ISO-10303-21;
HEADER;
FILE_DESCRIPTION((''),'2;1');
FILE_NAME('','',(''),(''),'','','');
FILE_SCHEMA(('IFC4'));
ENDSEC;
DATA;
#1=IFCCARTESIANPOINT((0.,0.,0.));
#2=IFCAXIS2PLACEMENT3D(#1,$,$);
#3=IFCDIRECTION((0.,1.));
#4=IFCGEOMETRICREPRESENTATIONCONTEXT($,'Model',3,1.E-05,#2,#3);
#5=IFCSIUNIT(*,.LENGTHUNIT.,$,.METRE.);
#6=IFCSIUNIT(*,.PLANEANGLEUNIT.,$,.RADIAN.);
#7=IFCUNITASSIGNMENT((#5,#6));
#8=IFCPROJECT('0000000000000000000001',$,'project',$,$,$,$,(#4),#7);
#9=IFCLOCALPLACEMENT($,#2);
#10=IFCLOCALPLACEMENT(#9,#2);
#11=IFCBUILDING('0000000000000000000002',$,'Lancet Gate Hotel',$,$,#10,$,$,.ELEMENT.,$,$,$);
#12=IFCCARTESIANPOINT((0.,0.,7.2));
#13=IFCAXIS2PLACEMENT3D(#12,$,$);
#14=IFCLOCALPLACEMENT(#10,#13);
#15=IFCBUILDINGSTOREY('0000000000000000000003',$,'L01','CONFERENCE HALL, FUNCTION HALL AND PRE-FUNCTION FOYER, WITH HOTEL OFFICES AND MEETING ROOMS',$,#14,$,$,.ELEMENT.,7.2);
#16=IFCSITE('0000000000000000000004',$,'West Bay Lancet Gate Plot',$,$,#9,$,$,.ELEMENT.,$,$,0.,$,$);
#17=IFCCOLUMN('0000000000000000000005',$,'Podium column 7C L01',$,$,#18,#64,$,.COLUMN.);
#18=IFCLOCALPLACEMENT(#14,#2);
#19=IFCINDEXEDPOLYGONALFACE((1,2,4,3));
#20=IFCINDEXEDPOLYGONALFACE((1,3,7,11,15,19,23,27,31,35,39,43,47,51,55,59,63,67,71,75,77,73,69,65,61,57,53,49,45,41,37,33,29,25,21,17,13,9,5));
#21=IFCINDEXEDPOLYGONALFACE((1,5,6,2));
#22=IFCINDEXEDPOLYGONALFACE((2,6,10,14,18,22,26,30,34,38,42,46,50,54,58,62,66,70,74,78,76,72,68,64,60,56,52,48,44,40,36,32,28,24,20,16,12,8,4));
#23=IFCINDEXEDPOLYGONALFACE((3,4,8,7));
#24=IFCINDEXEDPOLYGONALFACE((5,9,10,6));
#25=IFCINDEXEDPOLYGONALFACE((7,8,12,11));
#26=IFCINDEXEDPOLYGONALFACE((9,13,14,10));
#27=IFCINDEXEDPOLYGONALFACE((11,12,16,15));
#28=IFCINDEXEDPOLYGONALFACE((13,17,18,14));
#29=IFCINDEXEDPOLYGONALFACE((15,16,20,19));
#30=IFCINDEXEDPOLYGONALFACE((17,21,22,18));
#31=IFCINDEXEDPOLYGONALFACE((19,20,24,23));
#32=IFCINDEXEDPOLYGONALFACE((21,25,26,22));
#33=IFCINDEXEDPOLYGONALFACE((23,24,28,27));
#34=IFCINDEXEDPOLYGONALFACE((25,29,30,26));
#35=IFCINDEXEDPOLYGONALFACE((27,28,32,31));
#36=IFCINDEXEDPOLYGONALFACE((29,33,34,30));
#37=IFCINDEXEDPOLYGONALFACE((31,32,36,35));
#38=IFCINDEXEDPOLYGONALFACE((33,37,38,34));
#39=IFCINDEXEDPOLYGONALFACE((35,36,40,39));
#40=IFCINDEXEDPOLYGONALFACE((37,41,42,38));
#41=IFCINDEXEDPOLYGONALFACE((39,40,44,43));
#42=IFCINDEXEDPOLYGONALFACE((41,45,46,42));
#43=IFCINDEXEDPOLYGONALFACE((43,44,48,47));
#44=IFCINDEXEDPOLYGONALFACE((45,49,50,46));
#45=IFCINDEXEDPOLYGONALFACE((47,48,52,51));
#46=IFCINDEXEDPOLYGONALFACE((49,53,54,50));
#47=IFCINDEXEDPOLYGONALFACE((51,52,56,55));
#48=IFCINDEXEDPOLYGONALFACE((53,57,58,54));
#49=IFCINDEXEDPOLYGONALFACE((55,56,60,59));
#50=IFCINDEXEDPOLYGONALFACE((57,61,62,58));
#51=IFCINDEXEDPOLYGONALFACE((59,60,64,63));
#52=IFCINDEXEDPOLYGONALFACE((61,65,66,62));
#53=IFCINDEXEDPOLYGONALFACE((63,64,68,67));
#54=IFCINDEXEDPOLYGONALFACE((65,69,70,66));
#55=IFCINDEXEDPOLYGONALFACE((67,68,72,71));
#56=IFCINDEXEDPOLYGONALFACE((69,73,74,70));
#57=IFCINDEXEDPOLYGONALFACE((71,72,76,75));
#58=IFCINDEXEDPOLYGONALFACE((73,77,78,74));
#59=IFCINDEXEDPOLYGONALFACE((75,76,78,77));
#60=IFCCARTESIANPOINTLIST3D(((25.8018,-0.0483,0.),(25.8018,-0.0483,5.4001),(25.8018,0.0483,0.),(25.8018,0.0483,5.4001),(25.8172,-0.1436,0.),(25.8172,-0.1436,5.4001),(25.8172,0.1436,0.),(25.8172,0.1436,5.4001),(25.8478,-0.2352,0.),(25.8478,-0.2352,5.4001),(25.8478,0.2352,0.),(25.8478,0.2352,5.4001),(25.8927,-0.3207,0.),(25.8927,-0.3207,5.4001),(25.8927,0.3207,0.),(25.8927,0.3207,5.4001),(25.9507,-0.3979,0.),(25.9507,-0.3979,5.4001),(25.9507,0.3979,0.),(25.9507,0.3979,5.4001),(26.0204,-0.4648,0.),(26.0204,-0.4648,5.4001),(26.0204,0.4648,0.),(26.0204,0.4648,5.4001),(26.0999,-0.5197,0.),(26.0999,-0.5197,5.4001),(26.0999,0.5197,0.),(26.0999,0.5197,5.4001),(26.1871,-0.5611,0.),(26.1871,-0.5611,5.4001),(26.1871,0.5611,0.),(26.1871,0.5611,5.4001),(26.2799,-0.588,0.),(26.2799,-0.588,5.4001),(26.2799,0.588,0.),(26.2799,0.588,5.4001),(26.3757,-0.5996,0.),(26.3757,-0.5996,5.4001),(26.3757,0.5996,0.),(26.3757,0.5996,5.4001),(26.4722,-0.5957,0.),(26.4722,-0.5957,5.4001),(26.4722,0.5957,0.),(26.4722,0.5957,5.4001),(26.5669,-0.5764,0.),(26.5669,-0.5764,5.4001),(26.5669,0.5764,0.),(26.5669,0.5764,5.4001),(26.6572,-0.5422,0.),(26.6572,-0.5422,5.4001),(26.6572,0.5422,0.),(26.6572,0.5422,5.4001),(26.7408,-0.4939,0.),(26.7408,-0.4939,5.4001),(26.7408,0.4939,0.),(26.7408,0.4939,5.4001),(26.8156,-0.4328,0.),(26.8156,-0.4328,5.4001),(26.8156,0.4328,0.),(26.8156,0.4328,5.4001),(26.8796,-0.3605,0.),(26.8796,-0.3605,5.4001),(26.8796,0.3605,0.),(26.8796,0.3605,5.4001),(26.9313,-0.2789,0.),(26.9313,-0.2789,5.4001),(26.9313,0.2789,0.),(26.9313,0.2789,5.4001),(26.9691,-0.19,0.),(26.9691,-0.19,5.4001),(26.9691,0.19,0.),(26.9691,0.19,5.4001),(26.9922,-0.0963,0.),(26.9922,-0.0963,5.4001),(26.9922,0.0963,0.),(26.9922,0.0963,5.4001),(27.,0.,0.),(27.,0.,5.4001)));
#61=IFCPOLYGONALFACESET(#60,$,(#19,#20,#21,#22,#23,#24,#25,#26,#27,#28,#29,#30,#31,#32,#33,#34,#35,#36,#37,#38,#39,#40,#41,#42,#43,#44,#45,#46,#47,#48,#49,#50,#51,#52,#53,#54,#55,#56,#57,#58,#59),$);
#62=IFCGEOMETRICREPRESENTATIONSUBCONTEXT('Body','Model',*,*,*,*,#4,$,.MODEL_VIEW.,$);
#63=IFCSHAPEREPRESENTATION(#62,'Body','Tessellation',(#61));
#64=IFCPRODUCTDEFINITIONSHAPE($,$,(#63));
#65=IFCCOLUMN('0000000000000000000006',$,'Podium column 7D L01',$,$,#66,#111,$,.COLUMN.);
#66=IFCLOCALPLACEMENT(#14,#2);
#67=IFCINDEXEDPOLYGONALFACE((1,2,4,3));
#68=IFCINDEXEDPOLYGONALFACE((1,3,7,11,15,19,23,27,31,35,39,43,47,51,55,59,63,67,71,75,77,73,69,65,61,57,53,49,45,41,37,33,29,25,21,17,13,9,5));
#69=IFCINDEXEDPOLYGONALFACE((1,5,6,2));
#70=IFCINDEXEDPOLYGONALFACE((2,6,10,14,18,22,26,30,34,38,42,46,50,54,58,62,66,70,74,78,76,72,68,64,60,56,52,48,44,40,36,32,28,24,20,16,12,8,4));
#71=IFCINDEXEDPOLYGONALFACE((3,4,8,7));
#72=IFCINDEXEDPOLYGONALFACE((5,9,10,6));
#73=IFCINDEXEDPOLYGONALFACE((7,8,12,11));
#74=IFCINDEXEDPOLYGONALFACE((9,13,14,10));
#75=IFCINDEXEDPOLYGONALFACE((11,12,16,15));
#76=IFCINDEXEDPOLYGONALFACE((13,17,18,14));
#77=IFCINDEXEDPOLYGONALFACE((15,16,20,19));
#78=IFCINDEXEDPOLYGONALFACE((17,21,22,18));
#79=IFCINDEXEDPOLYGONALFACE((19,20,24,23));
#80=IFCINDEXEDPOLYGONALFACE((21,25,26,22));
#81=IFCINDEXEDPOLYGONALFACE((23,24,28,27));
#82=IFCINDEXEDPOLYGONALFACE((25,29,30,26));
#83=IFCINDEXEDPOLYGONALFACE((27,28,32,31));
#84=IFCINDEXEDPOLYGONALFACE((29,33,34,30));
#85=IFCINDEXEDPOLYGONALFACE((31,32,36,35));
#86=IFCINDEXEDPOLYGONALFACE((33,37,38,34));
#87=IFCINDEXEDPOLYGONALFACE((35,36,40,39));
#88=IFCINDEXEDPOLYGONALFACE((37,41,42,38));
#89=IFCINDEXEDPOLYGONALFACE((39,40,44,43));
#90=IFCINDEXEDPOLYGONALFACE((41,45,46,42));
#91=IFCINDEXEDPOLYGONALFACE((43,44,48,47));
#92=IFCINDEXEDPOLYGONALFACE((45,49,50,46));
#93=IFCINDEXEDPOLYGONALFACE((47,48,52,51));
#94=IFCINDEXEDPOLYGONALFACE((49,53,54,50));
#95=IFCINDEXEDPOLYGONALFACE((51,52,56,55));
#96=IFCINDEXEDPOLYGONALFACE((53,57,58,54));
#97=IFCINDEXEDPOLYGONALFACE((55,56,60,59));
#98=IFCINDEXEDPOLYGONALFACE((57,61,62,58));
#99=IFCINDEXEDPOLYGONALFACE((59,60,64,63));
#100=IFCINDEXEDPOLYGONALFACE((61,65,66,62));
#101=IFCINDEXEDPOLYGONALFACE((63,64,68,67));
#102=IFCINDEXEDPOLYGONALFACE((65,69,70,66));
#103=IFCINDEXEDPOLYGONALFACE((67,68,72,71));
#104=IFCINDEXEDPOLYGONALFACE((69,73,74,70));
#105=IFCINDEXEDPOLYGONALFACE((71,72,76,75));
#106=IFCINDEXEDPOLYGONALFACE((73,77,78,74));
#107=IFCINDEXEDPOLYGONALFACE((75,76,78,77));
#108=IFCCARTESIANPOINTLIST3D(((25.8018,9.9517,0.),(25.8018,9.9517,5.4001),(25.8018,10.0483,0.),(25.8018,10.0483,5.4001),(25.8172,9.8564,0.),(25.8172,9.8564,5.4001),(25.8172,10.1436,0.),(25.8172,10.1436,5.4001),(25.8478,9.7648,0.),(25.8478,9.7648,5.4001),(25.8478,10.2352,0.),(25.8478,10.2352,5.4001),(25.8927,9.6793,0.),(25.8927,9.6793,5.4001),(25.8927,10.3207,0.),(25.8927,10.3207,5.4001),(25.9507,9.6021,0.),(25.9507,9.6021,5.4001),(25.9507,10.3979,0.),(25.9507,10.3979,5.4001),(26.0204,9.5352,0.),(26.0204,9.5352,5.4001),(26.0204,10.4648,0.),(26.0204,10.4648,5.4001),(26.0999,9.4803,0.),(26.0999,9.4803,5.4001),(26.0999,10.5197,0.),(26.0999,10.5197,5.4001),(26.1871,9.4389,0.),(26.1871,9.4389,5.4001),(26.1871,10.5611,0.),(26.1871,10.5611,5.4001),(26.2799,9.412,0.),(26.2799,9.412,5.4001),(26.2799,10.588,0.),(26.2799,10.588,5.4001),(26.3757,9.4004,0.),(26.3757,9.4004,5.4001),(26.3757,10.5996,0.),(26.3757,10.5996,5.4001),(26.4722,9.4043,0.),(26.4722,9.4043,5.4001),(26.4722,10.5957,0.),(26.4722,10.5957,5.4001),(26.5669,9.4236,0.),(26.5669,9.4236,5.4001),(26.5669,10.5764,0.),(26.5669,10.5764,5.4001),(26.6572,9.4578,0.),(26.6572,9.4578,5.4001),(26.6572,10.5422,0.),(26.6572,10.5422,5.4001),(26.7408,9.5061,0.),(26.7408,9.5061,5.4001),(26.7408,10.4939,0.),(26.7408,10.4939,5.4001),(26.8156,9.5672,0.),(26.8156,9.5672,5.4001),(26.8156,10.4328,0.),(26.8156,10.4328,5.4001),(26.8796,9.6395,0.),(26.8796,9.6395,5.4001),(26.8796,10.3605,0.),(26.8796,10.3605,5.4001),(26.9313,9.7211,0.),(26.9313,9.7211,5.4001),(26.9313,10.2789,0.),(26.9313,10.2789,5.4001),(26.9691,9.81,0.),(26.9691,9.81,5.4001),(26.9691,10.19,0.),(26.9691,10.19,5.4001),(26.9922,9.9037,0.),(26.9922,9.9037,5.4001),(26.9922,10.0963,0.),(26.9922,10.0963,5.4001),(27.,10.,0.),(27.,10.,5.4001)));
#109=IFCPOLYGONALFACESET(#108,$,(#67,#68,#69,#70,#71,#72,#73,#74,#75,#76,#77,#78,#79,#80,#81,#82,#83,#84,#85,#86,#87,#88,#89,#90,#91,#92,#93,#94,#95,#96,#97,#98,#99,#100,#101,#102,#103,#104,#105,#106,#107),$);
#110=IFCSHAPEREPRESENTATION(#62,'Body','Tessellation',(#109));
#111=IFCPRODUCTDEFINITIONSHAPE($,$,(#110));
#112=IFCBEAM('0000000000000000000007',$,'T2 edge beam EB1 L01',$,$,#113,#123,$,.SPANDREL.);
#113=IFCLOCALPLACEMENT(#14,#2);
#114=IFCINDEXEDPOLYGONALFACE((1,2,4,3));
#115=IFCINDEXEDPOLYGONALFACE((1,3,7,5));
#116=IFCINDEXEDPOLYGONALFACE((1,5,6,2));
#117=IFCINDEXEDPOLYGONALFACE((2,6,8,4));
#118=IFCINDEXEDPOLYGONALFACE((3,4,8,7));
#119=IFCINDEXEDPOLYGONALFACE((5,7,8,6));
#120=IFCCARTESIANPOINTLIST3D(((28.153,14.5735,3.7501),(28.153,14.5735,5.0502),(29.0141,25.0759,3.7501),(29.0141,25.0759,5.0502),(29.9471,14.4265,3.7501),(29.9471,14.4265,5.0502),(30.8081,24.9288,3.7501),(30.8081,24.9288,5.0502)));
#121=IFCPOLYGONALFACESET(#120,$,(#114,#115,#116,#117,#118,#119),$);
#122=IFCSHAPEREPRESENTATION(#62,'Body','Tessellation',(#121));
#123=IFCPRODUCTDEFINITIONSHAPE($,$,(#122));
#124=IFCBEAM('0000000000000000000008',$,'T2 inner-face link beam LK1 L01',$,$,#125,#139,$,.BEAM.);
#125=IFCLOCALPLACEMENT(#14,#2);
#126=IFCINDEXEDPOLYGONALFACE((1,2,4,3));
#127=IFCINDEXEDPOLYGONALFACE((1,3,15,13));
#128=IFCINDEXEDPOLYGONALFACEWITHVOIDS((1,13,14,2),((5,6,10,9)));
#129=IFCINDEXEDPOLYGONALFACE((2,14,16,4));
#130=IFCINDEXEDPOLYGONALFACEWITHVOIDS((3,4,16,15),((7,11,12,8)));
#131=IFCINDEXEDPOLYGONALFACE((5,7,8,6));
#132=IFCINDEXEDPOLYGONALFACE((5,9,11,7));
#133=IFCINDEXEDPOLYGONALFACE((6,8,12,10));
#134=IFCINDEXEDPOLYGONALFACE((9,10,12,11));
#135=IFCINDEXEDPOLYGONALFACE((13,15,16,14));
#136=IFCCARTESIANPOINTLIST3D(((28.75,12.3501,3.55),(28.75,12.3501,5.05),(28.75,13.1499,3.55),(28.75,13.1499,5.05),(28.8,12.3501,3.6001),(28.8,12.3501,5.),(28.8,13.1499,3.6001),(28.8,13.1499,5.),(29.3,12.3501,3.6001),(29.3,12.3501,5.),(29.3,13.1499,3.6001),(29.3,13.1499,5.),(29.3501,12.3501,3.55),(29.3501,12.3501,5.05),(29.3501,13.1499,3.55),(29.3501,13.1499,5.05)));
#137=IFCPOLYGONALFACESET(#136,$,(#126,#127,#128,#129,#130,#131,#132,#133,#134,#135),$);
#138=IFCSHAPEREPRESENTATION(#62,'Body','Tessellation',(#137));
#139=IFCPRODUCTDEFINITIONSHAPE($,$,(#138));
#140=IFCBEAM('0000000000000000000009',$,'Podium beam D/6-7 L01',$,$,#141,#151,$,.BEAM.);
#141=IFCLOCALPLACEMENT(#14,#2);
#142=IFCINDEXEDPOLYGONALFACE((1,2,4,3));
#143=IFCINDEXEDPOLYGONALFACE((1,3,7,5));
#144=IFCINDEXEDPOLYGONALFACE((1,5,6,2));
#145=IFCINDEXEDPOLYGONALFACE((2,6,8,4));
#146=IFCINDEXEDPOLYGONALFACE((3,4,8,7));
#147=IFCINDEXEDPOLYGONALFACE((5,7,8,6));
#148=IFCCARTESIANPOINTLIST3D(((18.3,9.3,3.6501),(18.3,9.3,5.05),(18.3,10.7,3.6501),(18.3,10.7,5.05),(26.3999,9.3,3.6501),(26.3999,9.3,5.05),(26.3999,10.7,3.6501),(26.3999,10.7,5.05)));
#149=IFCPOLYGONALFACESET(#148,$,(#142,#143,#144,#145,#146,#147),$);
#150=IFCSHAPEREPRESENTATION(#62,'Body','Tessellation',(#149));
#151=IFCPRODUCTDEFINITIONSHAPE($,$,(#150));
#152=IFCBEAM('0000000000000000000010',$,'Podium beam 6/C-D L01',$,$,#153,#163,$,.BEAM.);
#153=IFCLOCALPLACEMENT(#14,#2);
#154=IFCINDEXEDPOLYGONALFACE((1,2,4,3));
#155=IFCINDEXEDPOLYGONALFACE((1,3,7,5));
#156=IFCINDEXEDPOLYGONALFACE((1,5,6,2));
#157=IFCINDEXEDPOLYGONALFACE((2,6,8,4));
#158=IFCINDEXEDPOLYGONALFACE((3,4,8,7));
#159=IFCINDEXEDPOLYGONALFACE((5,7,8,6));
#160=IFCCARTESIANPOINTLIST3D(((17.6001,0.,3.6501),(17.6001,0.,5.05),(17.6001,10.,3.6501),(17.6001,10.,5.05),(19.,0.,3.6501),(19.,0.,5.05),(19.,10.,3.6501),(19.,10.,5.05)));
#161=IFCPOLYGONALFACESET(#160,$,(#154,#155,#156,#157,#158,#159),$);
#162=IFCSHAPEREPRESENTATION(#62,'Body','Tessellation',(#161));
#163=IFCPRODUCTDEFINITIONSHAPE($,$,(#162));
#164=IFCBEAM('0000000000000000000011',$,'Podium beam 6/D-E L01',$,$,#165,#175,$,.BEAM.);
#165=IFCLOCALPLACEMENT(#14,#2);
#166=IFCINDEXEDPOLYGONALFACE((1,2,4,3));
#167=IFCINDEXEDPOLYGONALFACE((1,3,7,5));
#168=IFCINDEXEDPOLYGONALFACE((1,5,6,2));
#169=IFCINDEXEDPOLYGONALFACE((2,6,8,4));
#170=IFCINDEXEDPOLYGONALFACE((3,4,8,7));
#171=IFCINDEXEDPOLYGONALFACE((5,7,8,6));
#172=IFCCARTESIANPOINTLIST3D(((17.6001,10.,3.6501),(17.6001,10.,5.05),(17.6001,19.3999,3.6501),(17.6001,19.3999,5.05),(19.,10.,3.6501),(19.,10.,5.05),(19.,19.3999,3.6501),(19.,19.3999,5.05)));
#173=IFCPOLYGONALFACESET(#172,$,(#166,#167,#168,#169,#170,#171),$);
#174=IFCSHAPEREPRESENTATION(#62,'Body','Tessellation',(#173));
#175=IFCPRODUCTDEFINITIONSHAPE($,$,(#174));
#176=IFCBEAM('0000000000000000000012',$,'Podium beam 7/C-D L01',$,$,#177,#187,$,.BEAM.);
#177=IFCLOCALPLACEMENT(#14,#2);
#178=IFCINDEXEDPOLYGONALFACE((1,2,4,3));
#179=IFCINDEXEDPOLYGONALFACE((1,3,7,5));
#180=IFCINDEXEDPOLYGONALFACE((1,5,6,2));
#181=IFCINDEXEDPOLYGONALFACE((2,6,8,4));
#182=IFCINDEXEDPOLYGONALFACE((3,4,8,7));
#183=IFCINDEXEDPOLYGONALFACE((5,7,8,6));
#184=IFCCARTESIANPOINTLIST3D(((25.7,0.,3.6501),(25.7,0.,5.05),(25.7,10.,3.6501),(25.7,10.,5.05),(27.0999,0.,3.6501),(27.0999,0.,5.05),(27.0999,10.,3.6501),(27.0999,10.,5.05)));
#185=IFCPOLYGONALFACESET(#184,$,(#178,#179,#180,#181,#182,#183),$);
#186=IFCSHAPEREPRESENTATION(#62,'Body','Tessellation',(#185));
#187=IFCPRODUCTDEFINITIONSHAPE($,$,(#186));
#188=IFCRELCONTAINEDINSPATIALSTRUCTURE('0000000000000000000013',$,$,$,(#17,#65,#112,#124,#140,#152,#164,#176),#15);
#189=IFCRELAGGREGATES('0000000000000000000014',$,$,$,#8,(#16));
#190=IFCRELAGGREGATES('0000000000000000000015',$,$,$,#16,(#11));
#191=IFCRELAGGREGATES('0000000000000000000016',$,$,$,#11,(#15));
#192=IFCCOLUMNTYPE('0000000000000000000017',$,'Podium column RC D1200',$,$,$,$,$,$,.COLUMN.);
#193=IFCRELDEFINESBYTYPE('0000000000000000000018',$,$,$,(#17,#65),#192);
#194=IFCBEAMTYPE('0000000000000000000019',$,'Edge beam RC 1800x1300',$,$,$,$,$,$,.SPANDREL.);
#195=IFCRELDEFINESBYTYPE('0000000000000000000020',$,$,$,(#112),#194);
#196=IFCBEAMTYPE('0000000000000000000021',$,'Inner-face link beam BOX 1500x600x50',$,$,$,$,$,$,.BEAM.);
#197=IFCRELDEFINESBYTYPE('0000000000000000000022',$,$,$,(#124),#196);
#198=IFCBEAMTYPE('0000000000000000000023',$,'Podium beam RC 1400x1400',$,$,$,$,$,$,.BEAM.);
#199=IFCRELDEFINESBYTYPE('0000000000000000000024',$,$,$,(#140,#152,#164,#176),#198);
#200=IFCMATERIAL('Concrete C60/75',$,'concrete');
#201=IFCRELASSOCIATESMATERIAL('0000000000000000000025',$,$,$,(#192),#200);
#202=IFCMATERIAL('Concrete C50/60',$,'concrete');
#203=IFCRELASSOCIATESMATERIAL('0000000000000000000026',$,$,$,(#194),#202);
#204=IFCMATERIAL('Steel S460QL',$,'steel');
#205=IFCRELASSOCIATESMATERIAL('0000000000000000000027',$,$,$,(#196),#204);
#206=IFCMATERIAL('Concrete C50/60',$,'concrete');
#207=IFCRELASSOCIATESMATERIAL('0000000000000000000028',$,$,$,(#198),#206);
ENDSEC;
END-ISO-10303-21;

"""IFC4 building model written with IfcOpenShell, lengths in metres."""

from ifc_helpers import new_model, si_unit, direction, frame, origin, origin_2d, place, context, subcontext, project, spatial, rectangle, hollow_rectangle, circle, extrude, material, material_profile, profile_set, type_object, element, save


model = new_model("IFC4")

# Units and contexts
model_context = context("Model", 3, precision=1e-05, world=origin(), true_north=direction((0.0, 1.0)))
body_context = subcontext(model_context, "Body", "Model", "MODEL_VIEW")
ifc_project = project(units=[si_unit("LENGTHUNIT", "METRE"), si_unit("PLANEANGLEUNIT", "RADIAN")], contexts=[model_context])

# Site, building, storey
site_placement = place(None, origin())
site = spatial("IfcSite", under=ifc_project, at=site_placement, Name="West Bay Lancet Gate Plot", CompositionType="ELEMENT", RefElevation=0.0)
building_placement = place(site_placement, origin())
building = spatial("IfcBuilding", under=site, at=building_placement, Name="Lancet Gate Hotel", CompositionType="ELEMENT")
storey_placement = place(building_placement, frame((0.0, 0.0, 7.2)))
storey = spatial("IfcBuildingStorey", under=building, at=storey_placement, Name="L01", Description="CONFERENCE HALL, FUNCTION HALL AND PRE-FUNCTION FOYER, WITH HOTEL OFFICES AND MEETING ROOMS", CompositionType="ELEMENT", Elevation=7.2)

# Columns
ifc_material_1 = material(Name="Concrete C60/75", Category="concrete")
ifc_material_profile_1 = material_profile(ifc_material_1, circle(Radius=0.6001, at=origin_2d()), Name="RC D1200")
ifc_profile_set_1 = profile_set([ifc_material_profile_1], Name="Concrete C60/75")
column_type_1 = type_object("IfcColumnType", Name="Podium column RC D1200", PredefinedType="COLUMN", material=ifc_profile_set_1)
for number, where, z_axis, x_axis, name in (
    (1, (26.3999, 0.0, 0.0), (0.0, 0.0, 1.0), (1.0, 0.0, 0.0), "Podium column 7C L01"),
    (2, (26.3999, 10.0, 0.0), (0.0, 0.0, 1.0), (1.0, 0.0, 0.0), "Podium column 7D L01"),
):
    element("IfcColumn", number, at=place(storey_placement, frame(where, z_axis=z_axis, x_axis=x_axis)), inside=storey, type_object=column_type_1, Name=name, PredefinedType="COLUMN", context=body_context, shape_type="SweptSolid", body=[
        extrude(circle(Radius=0.6001, at=origin_2d()), origin(), (0.0, 0.0, 1.0), 5.4001),
    ])

# Beams
ifc_material_2 = material(Name="Concrete C50/60", Category="concrete")
ifc_material_profile_2 = material_profile(ifc_material_2, rectangle(XDim=1.8, YDim=1.3, at=origin_2d()), Name="RC 1800x1300")
ifc_profile_set_2 = profile_set([ifc_material_profile_2], Name="Concrete C50/60")
beam_type_1 = type_object("IfcBeamType", Name="Edge beam RC 1800x1300", PredefinedType="SPANDREL", material=ifc_profile_set_2)
beam_1_placement = place(storey_placement, frame((29.05, 14.5, 4.4001), z_axis=(0.081715, 0.996656, 0.0), x_axis=(-0.996656, 0.081715, 0.0)))
element("IfcBeam", 3, at=beam_1_placement, inside=storey, type_object=beam_type_1, Name="T2 edge beam EB1 L01", PredefinedType="SPANDREL", context=body_context, shape_type="SweptSolid", body=[
    extrude(rectangle(XDim=1.8, YDim=1.3, at=origin_2d()), origin(), (0.0, 0.0, 1.0), 10.5376),
])
ifc_material_3 = material(Name="Steel S460QL", Category="steel")
ifc_material_profile_3 = material_profile(ifc_material_3, hollow_rectangle(XDim=0.6001, YDim=1.5, WallThickness=0.05, at=origin_2d()), Name="BOX 1500x600x50")
ifc_profile_set_3 = profile_set([ifc_material_profile_3], Name="Steel S460QL")
beam_type_2 = type_object("IfcBeamType", Name="Inner-face link beam BOX 1500x600x50", PredefinedType="BEAM", material=ifc_profile_set_3)
beam_2_placement = place(storey_placement, frame((29.05, 12.3501, 4.3), z_axis=(0.0, 1.0, 0.0), x_axis=(-1.0, 0.0, 0.0)))
element("IfcBeam", 4, at=beam_2_placement, inside=storey, type_object=beam_type_2, Name="T2 inner-face link beam LK1 L01", PredefinedType="BEAM", context=body_context, shape_type="SweptSolid", body=[
    extrude(hollow_rectangle(XDim=0.6001, YDim=1.5, WallThickness=0.05, at=origin_2d()), origin(), (0.0, 0.0, 1.0), 0.7998),
])
ifc_material_4 = material(Name="Concrete C50/60", Category="concrete")
ifc_material_profile_4 = material_profile(ifc_material_4, rectangle(XDim=1.3999, YDim=1.3999, at=origin_2d()), Name="RC 1400x1400")
ifc_profile_set_4 = profile_set([ifc_material_profile_4], Name="Concrete C50/60")
beam_type_3 = type_object("IfcBeamType", Name="Podium beam RC 1400x1400", PredefinedType="BEAM", material=ifc_profile_set_4)
beam_3_placement = place(storey_placement, frame((18.3, 10.0, 4.3501), z_axis=(1.0, 0.0, 0.0), x_axis=(0.0, 1.0, 0.0)))
element("IfcBeam", 5, at=beam_3_placement, inside=storey, type_object=beam_type_3, Name="Podium beam D/6-7 L01", PredefinedType="BEAM", context=body_context, shape_type="SweptSolid", body=[
    extrude(rectangle(XDim=1.3999, YDim=1.3999, at=origin_2d()), origin(), (0.0, 0.0, 1.0), 8.0999),
])
beam_4_placement = place(storey_placement, frame((18.3, 0.0, 4.3501), z_axis=(0.0, 1.0, 0.0), x_axis=(-1.0, 0.0, 0.0)))
element("IfcBeam", 6, at=beam_4_placement, inside=storey, type_object=beam_type_3, Name="Podium beam 6/C-D L01", PredefinedType="BEAM", context=body_context, shape_type="SweptSolid", body=[
    extrude(rectangle(XDim=1.3999, YDim=1.3999, at=origin_2d()), origin(), (0.0, 0.0, 1.0), 10.0),
])
beam_5_placement = place(storey_placement, frame((18.3, 10.0, 4.3501), z_axis=(0.0, 1.0, 0.0), x_axis=(-1.0, 0.0, 0.0)))
element("IfcBeam", 7, at=beam_5_placement, inside=storey, type_object=beam_type_3, Name="Podium beam 6/D-E L01", PredefinedType="BEAM", context=body_context, shape_type="SweptSolid", body=[
    extrude(rectangle(XDim=1.3999, YDim=1.3999, at=origin_2d()), origin(), (0.0, 0.0, 1.0), 9.3999),
])
beam_6_placement = place(storey_placement, frame((26.3999, 0.0, 4.3501), z_axis=(0.0, 1.0, 0.0), x_axis=(-1.0, 0.0, 0.0)))
element("IfcBeam", 8, at=beam_6_placement, inside=storey, type_object=beam_type_3, Name="Podium beam 7/C-D L01", PredefinedType="BEAM", context=body_context, shape_type="SweptSolid", body=[
    extrude(rectangle(XDim=1.3999, YDim=1.3999, at=origin_2d()), origin(), (0.0, 0.0, 1.0), 10.0),
])

save(model, "model.ifc")
